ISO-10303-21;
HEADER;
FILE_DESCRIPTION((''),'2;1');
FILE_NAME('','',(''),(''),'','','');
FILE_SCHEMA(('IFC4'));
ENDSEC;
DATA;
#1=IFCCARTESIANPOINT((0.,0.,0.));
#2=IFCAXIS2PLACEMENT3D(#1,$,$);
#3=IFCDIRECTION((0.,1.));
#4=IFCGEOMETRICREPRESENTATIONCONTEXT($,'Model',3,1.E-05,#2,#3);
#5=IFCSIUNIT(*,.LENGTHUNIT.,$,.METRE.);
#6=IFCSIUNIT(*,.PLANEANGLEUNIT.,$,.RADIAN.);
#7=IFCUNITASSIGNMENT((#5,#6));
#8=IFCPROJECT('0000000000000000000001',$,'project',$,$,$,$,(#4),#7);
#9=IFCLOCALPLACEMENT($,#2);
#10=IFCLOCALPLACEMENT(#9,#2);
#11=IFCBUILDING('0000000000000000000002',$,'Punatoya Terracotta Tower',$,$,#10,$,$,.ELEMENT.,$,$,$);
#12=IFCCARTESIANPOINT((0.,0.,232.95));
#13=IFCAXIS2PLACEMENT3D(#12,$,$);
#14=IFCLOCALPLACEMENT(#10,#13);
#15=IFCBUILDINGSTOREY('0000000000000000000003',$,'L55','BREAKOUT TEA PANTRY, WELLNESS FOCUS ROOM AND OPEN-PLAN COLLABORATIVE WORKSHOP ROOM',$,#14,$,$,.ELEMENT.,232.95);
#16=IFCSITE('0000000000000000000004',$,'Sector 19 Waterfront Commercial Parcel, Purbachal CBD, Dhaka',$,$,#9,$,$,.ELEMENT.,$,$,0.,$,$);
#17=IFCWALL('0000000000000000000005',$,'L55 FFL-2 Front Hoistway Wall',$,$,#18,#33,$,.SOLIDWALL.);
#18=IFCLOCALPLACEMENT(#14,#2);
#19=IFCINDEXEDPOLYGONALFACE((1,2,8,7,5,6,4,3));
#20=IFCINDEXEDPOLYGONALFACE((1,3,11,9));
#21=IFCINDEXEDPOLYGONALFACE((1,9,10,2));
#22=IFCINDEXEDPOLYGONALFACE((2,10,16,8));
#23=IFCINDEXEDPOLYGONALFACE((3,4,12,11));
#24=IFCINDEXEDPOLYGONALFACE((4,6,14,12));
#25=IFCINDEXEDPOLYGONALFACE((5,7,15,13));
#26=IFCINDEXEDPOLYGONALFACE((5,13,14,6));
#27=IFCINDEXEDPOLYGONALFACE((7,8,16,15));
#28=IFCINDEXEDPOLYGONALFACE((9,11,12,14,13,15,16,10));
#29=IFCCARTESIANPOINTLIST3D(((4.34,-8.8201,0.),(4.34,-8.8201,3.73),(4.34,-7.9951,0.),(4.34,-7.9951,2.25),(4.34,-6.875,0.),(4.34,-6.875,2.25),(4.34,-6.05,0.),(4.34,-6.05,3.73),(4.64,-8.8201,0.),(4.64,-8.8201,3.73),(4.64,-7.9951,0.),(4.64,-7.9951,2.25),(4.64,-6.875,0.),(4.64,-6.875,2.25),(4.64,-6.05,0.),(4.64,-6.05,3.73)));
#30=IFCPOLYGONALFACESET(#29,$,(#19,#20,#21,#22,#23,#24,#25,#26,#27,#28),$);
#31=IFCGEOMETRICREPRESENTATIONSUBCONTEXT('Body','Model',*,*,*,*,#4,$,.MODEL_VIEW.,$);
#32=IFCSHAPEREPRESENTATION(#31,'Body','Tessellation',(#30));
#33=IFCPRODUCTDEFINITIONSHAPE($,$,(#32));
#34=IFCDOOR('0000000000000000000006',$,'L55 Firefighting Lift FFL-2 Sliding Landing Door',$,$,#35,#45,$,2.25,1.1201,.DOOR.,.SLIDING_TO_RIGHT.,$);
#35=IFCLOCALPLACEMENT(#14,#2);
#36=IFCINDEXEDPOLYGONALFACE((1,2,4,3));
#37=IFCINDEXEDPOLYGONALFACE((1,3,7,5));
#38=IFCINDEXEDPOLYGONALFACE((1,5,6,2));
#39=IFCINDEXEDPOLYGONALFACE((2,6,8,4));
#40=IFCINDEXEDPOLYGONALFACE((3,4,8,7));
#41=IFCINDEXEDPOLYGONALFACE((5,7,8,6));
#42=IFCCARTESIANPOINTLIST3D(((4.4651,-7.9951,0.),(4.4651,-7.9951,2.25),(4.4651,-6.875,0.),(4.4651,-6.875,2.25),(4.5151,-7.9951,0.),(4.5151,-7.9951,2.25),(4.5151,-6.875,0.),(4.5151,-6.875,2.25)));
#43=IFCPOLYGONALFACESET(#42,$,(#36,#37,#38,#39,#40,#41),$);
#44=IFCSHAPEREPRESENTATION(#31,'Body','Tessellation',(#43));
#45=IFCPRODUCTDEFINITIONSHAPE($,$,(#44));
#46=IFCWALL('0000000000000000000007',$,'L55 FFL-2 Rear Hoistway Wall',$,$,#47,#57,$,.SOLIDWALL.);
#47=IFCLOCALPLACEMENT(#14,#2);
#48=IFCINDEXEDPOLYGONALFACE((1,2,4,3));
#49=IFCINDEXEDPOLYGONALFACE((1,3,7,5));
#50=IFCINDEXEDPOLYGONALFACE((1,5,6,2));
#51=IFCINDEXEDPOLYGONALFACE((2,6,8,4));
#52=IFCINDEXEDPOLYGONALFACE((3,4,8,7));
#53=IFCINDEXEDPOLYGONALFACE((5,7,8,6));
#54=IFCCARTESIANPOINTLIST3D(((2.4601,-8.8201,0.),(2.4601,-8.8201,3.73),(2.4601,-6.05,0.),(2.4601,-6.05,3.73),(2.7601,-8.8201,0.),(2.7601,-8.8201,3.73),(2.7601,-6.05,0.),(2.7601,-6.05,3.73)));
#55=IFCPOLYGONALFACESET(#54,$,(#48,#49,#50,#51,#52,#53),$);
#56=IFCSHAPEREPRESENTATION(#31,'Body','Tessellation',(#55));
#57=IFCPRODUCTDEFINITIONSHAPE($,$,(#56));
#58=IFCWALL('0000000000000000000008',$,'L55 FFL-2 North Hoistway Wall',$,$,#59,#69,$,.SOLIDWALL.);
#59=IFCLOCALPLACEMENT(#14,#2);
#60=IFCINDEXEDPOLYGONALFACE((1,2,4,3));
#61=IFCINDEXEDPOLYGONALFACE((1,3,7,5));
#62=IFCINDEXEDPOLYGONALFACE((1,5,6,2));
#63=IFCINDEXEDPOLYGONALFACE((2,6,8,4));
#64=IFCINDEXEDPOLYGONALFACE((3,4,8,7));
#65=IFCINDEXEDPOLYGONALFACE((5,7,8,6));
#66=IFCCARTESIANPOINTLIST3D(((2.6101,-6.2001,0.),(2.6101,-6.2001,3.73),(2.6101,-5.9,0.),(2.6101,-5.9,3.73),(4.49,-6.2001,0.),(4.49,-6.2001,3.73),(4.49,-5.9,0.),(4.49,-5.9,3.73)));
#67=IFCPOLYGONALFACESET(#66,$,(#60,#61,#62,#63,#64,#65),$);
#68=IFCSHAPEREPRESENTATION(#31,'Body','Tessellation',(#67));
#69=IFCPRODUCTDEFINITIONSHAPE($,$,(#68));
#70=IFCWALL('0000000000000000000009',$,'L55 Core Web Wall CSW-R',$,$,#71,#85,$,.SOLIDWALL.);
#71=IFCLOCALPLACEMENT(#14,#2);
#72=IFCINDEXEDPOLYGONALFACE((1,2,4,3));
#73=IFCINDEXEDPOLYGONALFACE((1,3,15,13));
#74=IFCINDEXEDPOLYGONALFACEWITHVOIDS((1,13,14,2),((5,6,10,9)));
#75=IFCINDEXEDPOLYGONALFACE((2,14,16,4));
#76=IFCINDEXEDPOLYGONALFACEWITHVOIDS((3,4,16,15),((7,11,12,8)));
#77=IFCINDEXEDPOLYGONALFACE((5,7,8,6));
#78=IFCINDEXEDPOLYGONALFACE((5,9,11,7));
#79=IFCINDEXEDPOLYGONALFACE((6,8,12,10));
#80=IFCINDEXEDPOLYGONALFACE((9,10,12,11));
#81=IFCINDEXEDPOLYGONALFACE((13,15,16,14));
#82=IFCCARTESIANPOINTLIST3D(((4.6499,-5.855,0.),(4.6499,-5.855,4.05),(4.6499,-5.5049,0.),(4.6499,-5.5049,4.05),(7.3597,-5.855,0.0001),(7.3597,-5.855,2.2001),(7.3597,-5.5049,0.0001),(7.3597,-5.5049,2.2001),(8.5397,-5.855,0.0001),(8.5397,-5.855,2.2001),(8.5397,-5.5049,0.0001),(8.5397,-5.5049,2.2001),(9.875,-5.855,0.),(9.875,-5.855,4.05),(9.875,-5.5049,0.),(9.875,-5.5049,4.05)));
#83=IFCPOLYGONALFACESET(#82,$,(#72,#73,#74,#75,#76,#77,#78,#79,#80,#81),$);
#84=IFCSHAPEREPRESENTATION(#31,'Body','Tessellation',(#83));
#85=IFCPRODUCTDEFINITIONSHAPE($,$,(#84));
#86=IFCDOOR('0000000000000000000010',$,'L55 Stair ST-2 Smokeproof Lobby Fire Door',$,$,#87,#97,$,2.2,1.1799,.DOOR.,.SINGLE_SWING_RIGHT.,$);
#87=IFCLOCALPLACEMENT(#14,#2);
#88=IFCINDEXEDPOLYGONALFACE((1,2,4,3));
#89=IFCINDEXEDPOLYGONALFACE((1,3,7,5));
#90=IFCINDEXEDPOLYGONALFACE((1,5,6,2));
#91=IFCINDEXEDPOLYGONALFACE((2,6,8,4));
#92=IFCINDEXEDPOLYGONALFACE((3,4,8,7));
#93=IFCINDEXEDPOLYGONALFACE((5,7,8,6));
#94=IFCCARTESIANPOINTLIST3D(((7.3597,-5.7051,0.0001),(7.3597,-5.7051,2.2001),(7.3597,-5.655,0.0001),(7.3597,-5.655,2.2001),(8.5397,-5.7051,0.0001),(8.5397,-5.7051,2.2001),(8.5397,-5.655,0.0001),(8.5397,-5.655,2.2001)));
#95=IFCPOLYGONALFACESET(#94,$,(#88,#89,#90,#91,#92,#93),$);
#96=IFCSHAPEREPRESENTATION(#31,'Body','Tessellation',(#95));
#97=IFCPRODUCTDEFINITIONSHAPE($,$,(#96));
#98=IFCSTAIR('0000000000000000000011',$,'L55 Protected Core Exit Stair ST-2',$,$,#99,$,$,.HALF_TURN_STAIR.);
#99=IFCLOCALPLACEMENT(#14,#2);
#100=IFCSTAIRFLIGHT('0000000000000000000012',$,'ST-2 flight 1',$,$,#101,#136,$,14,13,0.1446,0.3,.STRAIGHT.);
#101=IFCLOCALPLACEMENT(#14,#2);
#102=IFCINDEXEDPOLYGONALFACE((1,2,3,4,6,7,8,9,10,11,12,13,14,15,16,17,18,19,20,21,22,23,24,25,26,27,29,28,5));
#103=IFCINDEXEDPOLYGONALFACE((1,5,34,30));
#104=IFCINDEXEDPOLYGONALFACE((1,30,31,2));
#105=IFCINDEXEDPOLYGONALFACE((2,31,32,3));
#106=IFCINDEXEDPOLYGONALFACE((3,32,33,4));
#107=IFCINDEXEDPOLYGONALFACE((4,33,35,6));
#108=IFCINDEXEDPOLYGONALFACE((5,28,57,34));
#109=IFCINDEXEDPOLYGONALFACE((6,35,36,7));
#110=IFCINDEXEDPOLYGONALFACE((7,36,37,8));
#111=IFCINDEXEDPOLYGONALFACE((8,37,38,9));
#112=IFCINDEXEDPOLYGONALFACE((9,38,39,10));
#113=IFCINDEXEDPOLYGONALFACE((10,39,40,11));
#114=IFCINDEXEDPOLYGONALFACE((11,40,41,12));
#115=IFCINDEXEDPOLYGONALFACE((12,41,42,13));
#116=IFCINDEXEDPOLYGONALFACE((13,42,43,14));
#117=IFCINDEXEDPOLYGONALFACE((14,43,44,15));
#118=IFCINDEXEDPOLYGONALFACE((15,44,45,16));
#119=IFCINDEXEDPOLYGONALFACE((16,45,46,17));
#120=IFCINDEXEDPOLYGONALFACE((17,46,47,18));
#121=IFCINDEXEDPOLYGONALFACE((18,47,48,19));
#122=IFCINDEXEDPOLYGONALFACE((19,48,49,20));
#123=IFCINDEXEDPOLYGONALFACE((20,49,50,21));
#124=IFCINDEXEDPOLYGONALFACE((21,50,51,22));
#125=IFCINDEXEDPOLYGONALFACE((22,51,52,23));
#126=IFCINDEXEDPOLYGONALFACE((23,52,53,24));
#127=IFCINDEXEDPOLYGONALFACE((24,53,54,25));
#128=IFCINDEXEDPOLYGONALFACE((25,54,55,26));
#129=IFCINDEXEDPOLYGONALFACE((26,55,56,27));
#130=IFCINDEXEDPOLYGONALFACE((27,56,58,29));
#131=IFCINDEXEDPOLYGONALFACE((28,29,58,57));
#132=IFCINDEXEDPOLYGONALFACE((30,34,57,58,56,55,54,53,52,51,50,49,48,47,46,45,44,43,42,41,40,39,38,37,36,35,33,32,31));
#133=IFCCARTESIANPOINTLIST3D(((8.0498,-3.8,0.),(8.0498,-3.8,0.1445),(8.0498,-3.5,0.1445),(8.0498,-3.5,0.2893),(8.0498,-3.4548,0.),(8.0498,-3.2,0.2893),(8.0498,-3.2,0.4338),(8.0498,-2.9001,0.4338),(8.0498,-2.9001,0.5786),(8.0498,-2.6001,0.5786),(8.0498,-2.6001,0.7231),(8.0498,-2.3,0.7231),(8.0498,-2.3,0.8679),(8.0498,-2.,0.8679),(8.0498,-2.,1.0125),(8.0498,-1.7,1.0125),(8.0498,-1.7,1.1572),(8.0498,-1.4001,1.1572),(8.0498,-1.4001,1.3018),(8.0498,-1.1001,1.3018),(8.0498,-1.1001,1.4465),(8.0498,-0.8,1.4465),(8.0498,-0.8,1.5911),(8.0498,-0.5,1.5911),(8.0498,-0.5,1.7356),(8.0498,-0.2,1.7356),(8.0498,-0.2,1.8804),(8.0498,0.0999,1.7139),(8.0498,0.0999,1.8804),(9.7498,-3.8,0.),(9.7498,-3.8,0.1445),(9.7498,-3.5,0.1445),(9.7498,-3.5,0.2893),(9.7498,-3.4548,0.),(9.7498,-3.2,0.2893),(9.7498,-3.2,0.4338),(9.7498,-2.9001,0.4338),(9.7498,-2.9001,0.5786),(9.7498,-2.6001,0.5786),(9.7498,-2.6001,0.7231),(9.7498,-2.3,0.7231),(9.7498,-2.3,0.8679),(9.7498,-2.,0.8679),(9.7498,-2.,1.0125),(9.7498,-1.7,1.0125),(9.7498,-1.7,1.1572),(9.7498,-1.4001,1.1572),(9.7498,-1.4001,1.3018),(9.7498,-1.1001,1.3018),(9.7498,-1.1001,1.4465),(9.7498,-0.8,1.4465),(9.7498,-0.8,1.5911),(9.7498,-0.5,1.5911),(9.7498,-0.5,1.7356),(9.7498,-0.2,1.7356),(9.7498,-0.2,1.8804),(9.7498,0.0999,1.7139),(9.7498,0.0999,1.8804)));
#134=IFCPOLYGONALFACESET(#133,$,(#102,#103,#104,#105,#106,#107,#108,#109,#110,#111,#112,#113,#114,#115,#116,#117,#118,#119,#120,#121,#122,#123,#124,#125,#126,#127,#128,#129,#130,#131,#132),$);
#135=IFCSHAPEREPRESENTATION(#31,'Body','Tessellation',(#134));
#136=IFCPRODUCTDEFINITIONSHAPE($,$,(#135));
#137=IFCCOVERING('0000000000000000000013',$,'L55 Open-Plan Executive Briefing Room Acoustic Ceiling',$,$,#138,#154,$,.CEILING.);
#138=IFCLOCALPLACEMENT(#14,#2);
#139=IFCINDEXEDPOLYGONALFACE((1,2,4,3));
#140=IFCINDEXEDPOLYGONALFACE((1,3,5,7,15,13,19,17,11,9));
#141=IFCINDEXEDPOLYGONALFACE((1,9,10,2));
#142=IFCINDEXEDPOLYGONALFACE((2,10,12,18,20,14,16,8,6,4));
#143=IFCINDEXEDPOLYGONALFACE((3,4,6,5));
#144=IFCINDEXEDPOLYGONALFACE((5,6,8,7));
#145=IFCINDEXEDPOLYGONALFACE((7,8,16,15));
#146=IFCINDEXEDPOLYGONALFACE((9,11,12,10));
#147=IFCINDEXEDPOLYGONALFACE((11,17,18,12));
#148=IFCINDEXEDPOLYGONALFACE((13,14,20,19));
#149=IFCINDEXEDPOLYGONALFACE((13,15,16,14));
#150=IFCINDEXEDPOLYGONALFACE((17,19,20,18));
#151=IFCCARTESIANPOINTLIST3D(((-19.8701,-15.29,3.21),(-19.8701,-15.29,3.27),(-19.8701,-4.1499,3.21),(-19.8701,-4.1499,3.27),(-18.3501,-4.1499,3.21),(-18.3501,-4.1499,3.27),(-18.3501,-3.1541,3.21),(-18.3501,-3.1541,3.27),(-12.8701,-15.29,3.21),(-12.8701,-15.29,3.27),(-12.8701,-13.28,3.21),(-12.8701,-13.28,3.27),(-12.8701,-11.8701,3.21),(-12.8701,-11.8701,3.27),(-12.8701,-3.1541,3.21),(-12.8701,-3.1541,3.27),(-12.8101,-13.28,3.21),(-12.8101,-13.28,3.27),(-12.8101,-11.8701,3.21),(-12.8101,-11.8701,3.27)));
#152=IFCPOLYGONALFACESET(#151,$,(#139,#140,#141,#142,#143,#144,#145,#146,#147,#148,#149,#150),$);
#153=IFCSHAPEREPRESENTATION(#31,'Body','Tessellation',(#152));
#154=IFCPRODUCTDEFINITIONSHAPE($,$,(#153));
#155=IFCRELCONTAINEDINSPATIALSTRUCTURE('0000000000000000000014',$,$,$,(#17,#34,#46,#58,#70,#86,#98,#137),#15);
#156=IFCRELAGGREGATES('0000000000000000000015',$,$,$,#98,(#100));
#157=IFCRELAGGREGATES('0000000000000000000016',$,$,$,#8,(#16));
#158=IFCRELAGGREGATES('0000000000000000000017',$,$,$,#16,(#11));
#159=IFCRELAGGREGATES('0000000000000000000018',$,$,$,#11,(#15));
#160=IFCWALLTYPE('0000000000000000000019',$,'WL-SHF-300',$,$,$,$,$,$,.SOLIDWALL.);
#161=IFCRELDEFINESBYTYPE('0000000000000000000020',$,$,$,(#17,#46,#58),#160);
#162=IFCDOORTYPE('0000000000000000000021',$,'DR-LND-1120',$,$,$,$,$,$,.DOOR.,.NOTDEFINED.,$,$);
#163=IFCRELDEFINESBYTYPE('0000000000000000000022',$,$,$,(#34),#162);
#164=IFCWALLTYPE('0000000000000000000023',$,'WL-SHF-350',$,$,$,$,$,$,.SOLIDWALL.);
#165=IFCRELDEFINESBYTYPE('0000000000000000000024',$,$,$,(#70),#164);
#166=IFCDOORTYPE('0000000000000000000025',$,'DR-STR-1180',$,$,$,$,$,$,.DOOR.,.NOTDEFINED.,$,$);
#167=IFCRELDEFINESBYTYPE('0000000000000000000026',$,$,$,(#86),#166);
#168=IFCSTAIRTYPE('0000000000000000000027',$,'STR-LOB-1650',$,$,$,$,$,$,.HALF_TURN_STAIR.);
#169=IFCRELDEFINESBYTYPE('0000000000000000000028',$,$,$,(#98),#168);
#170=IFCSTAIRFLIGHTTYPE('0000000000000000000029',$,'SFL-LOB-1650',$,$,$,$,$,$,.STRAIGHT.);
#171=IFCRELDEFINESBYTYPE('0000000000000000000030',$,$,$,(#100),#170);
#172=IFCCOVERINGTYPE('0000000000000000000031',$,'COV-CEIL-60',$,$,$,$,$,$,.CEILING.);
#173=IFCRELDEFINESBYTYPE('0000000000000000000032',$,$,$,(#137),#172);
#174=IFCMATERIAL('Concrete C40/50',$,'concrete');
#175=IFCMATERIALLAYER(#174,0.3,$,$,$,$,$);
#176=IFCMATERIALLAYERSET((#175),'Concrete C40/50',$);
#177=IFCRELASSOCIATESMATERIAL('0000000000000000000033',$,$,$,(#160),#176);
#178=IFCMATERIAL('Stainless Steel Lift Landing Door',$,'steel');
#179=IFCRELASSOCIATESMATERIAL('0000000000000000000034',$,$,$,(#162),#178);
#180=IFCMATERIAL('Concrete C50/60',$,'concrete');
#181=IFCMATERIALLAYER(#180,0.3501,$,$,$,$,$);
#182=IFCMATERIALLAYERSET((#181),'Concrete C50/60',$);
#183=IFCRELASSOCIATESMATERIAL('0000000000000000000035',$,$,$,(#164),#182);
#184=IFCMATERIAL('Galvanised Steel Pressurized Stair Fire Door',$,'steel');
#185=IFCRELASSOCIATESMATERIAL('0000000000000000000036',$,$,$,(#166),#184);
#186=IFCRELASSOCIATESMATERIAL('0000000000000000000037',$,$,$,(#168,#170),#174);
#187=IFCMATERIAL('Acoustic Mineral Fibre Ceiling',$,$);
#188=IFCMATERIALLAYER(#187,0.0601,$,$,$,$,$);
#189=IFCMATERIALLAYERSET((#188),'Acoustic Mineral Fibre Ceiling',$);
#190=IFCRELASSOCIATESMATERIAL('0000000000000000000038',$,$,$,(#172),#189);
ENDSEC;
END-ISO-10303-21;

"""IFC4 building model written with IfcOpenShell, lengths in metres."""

from ifc_helpers import new_model, si_unit, direction, frame, frame_2d, origin, place, context, subcontext, project, spatial, polyline, rectangle, outline, extrude, material, layer, layer_set, type_object, element, fill, aggregate, save


model = new_model("IFC4")

# Units and contexts
model_context = context("Model", 3, precision=1e-05, world=origin(), true_north=direction((0.0, 1.0)))
body_context = subcontext(model_context, "Body", "Model", "MODEL_VIEW")
ifc_project = project(units=[si_unit("LENGTHUNIT", "METRE"), si_unit("PLANEANGLEUNIT", "RADIAN")], contexts=[model_context])

# Site, building, storey
site_placement = place(None, origin())
site = spatial("IfcSite", under=ifc_project, at=site_placement, Name="Sector 19 Waterfront Commercial Parcel, Purbachal CBD, Dhaka", CompositionType="ELEMENT", RefElevation=0.0)
building_placement = place(site_placement, origin())
building = spatial("IfcBuilding", under=site, at=building_placement, Name="Punatoya Terracotta Tower", CompositionType="ELEMENT")
storey_placement = place(building_placement, frame((0.0, 0.0, 232.95)))
storey = spatial("IfcBuildingStorey", under=building, at=storey_placement, Name="L55", Description="BREAKOUT TEA PANTRY, WELLNESS FOCUS ROOM AND OPEN-PLAN COLLABORATIVE WORKSHOP ROOM", CompositionType="ELEMENT", Elevation=232.95)

# Shared definitions
ifc_material_1 = material(Name="Concrete C40/50", Category="concrete")

# Wall, opening, door
ifc_layer_1 = layer(ifc_material_1, 0.3)
ifc_layer_set_1 = layer_set([ifc_layer_1], Name="Concrete C40/50")
wall_type_1 = type_object("IfcWallType", Name="WL-SHF-300", PredefinedType="SOLIDWALL", material=ifc_layer_set_1)
wall_1_placement = place(storey_placement, frame((4.49, -8.8201, 0.0), z_axis=(0.0, 0.0, 1.0), x_axis=(0.0, 1.0, 0.0)))
wall_1 = element("IfcWall", 1, at=wall_1_placement, inside=storey, type_object=wall_type_1, Name="L55 FFL-2 Front Hoistway Wall", PredefinedType="SOLIDWALL", context=body_context, shape_type="SweptSolid", body=[
    extrude(rectangle(XDim=2.77, YDim=0.3, at=frame_2d((1.385, 0.0))), origin(), (0.0, 0.0, 1.0), 3.73),
])
opening_1_placement = place(wall_1_placement, frame((0.825, 0.0, 0.0)))
opening_1 = element("IfcOpeningElement", 2, at=opening_1_placement, cuts=wall_1, PredefinedType="OPENING", context=body_context, shape_type="SweptSolid", body=[
    extrude(rectangle(XDim=1.1201, YDim=2.25, at=frame_2d((0.5601, 1.125))), frame((0.0, 0.1599, 0.0), z_axis=(0.0, -1.0, 0.0), x_axis=(1.0, 0.0, 0.0)), (0.0, 0.0, 1.0), 0.3201),
])
ifc_material_2 = material(Name="Stainless Steel Lift Landing Door", Category="steel")
door_type_1 = type_object("IfcDoorType", Name="DR-LND-1120", OperationType="NOTDEFINED", PredefinedType="DOOR", material=ifc_material_2)
door_1_placement = place(opening_1_placement, origin())
door_1 = element("IfcDoor", 3, at=door_1_placement, inside=storey, type_object=door_type_1, Name="L55 Firefighting Lift FFL-2 Sliding Landing Door", OperationType="SLIDING_TO_RIGHT", OverallHeight=2.25, OverallWidth=1.1201, PredefinedType="DOOR", context=body_context, shape_type="SweptSolid", body=[
    extrude(rectangle(XDim=1.1201, YDim=2.25, at=frame_2d((0.5601, 1.125))), frame((0.0, 0.0249, 0.0), z_axis=(0.0, -1.0, 0.0), x_axis=(1.0, 0.0, 0.0)), (0.0, 0.0, 1.0), 0.05),
])
fill(opening_1, door_1)

# Walls
wall_2_placement = place(storey_placement, frame((2.6101, -8.8201, 0.0), z_axis=(0.0, 0.0, 1.0), x_axis=(0.0, 1.0, 0.0)))
element("IfcWall", 4, at=wall_2_placement, inside=storey, type_object=wall_type_1, Name="L55 FFL-2 Rear Hoistway Wall", PredefinedType="SOLIDWALL", context=body_context, shape_type="SweptSolid", body=[
    extrude(rectangle(XDim=2.77, YDim=0.3, at=frame_2d((1.385, 0.0))), origin(), (0.0, 0.0, 1.0), 3.73),
])
wall_3_placement = place(storey_placement, frame((2.6101, -6.05, 0.0), z_axis=(0.0, 0.0, 1.0), x_axis=(1.0, 0.0, 0.0)))
element("IfcWall", 5, at=wall_3_placement, inside=storey, type_object=wall_type_1, Name="L55 FFL-2 North Hoistway Wall", PredefinedType="SOLIDWALL", context=body_context, shape_type="SweptSolid", body=[
    extrude(rectangle(XDim=1.8799, YDim=0.3, at=frame_2d((0.9399, 0.0))), origin(), (0.0, 0.0, 1.0), 3.73),
])

# Wall, opening, door
ifc_material_3 = material(Name="Concrete C50/60", Category="concrete")
ifc_layer_2 = layer(ifc_material_3, 0.3501)
ifc_layer_set_2 = layer_set([ifc_layer_2], Name="Concrete C50/60")
wall_type_2 = type_object("IfcWallType", Name="WL-SHF-350", PredefinedType="SOLIDWALL", material=ifc_layer_set_2)
wall_4_placement = place(storey_placement, frame((4.6499, -5.6799, 0.0), z_axis=(0.0, 0.0, 1.0), x_axis=(1.0, 0.0, 0.0)))
wall_4 = element("IfcWall", 6, at=wall_4_placement, inside=storey, type_object=wall_type_2, Name="L55 Core Web Wall CSW-R", PredefinedType="SOLIDWALL", context=body_context, shape_type="SweptSolid", body=[
    extrude(rectangle(XDim=5.2251, YDim=0.3501, at=frame_2d((2.6125, 0.0))), origin(), (0.0, 0.0, 1.0), 4.05),
])
opening_2_placement = place(wall_4_placement, frame((2.71, 0.0, 0.0)))
opening_2 = element("IfcOpeningElement", 7, at=opening_2_placement, cuts=wall_4, PredefinedType="OPENING", context=body_context, shape_type="SweptSolid", body=[
    extrude(rectangle(XDim=1.1799, YDim=2.2, at=frame_2d((0.5898, 1.1001))), frame((0.0, 0.1851, 0.0), z_axis=(0.0, -1.0, 0.0), x_axis=(1.0, 0.0, 0.0)), (0.0, 0.0, 1.0), 0.3701),
])
ifc_material_4 = material(Name="Galvanised Steel Pressurized Stair Fire Door", Category="steel")
door_type_2 = type_object("IfcDoorType", Name="DR-STR-1180", OperationType="NOTDEFINED", PredefinedType="DOOR", material=ifc_material_4)
door_2_placement = place(opening_2_placement, origin())
door_2 = element("IfcDoor", 8, at=door_2_placement, inside=storey, type_object=door_type_2, Name="L55 Stair ST-2 Smokeproof Lobby Fire Door", OperationType="SINGLE_SWING_RIGHT", OverallHeight=2.2, OverallWidth=1.1799, PredefinedType="DOOR", context=body_context, shape_type="SweptSolid", body=[
    extrude(rectangle(XDim=1.1799, YDim=2.2, at=frame_2d((0.5898, 1.1001))), frame((0.0, 0.0249, 0.0), z_axis=(0.0, -1.0, 0.0), x_axis=(1.0, 0.0, 0.0)), (0.0, 0.0, 1.0), 0.05),
])
fill(opening_2, door_2)

# Stair, stair flight
stair_type = type_object("IfcStairType", Name="STR-LOB-1650", PredefinedType="HALF_TURN_STAIR", material=ifc_material_1)
stair_placement = place(storey_placement, origin())
stair = element("IfcStair", 9, at=stair_placement, inside=storey, type_object=stair_type, Name="L55 Protected Core Exit Stair ST-2", PredefinedType="HALF_TURN_STAIR")
stair_flight_type = type_object("IfcStairFlightType", Name="SFL-LOB-1650", PredefinedType="STRAIGHT", material=ifc_material_1)
stair_flight_placement = place(storey_placement, frame((8.8999, -3.8, 0.0), z_axis=(0.0, 0.0, 1.0), x_axis=(0.0, 1.0, 0.0)))
stair_flight = element("IfcStairFlight", 10, at=stair_flight_placement, type_object=stair_flight_type, Name="ST-2 flight 1", NumberOfRisers=14, NumberOfTreads=13, PredefinedType="STRAIGHT", RiserHeight=0.1446, TreadLength=0.3, context=body_context, shape_type="SweptSolid", body=[
    extrude(outline(polyline([(0.0, 0.0), (0.0, 0.1445), (0.3, 0.1445), (0.3, 0.2893), (0.6001, 0.2893), (0.6001, 0.4338), (0.8999, 0.4338), (0.8999, 0.5786), (1.2, 0.5786), (1.2, 0.7231), (1.5, 0.7231), (1.5, 0.8679), (1.8, 0.8679), (1.8, 1.0125), (2.1001, 1.0125), (2.1001, 1.1572), (2.3999, 1.1572), (2.3999, 1.3018), (2.7, 1.3018), (2.7, 1.4465), (3.0, 1.4465), (3.0, 1.5911), (3.3, 1.5911), (3.3, 1.7356), (3.6001, 1.7356), (3.6001, 1.8804), (3.8999, 1.8804), (3.8999, 2.0249), (3.8999, 1.7139), (0.3452, 0.0), (0.0, 0.0)])), frame((0.0, 0.8501, 0.0), z_axis=(0.0, -1.0, 0.0), x_axis=(1.0, 0.0, 0.0)), (0.0, 0.0, 1.0), 1.7),
])
aggregate(stair, [stair_flight])

# Covering
ifc_material_5 = material(Name="Acoustic Mineral Fibre Ceiling")
ifc_layer_3 = layer(ifc_material_5, 0.0601)
ifc_layer_set_3 = layer_set([ifc_layer_3], Name="Acoustic Mineral Fibre Ceiling")
covering_type = type_object("IfcCoveringType", Name="COV-CEIL-60", PredefinedType="CEILING", material=ifc_layer_set_3)
covering_1_placement = place(storey_placement, frame((0.0, 0.0, 3.21)))
element("IfcCovering", 11, at=covering_1_placement, inside=storey, type_object=covering_type, Name="L55 Open-Plan Executive Briefing Room Acoustic Ceiling", PredefinedType="CEILING", context=body_context, shape_type="SweptSolid", body=[
    extrude(outline(polyline([(-19.8701, -4.1499), (-19.8701, -15.29), (-12.8701, -15.29), (-12.8701, -13.28), (-12.8101, -13.28), (-12.8101, -11.8701), (-12.8701, -11.8701), (-12.8701, -3.1541), (-18.3501, -3.1541), (-18.3501, -4.1499), (-19.8701, -4.1499)])), origin(), (0.0, 0.0, 1.0), 0.0601),
])

save(model, "model.ifc")
